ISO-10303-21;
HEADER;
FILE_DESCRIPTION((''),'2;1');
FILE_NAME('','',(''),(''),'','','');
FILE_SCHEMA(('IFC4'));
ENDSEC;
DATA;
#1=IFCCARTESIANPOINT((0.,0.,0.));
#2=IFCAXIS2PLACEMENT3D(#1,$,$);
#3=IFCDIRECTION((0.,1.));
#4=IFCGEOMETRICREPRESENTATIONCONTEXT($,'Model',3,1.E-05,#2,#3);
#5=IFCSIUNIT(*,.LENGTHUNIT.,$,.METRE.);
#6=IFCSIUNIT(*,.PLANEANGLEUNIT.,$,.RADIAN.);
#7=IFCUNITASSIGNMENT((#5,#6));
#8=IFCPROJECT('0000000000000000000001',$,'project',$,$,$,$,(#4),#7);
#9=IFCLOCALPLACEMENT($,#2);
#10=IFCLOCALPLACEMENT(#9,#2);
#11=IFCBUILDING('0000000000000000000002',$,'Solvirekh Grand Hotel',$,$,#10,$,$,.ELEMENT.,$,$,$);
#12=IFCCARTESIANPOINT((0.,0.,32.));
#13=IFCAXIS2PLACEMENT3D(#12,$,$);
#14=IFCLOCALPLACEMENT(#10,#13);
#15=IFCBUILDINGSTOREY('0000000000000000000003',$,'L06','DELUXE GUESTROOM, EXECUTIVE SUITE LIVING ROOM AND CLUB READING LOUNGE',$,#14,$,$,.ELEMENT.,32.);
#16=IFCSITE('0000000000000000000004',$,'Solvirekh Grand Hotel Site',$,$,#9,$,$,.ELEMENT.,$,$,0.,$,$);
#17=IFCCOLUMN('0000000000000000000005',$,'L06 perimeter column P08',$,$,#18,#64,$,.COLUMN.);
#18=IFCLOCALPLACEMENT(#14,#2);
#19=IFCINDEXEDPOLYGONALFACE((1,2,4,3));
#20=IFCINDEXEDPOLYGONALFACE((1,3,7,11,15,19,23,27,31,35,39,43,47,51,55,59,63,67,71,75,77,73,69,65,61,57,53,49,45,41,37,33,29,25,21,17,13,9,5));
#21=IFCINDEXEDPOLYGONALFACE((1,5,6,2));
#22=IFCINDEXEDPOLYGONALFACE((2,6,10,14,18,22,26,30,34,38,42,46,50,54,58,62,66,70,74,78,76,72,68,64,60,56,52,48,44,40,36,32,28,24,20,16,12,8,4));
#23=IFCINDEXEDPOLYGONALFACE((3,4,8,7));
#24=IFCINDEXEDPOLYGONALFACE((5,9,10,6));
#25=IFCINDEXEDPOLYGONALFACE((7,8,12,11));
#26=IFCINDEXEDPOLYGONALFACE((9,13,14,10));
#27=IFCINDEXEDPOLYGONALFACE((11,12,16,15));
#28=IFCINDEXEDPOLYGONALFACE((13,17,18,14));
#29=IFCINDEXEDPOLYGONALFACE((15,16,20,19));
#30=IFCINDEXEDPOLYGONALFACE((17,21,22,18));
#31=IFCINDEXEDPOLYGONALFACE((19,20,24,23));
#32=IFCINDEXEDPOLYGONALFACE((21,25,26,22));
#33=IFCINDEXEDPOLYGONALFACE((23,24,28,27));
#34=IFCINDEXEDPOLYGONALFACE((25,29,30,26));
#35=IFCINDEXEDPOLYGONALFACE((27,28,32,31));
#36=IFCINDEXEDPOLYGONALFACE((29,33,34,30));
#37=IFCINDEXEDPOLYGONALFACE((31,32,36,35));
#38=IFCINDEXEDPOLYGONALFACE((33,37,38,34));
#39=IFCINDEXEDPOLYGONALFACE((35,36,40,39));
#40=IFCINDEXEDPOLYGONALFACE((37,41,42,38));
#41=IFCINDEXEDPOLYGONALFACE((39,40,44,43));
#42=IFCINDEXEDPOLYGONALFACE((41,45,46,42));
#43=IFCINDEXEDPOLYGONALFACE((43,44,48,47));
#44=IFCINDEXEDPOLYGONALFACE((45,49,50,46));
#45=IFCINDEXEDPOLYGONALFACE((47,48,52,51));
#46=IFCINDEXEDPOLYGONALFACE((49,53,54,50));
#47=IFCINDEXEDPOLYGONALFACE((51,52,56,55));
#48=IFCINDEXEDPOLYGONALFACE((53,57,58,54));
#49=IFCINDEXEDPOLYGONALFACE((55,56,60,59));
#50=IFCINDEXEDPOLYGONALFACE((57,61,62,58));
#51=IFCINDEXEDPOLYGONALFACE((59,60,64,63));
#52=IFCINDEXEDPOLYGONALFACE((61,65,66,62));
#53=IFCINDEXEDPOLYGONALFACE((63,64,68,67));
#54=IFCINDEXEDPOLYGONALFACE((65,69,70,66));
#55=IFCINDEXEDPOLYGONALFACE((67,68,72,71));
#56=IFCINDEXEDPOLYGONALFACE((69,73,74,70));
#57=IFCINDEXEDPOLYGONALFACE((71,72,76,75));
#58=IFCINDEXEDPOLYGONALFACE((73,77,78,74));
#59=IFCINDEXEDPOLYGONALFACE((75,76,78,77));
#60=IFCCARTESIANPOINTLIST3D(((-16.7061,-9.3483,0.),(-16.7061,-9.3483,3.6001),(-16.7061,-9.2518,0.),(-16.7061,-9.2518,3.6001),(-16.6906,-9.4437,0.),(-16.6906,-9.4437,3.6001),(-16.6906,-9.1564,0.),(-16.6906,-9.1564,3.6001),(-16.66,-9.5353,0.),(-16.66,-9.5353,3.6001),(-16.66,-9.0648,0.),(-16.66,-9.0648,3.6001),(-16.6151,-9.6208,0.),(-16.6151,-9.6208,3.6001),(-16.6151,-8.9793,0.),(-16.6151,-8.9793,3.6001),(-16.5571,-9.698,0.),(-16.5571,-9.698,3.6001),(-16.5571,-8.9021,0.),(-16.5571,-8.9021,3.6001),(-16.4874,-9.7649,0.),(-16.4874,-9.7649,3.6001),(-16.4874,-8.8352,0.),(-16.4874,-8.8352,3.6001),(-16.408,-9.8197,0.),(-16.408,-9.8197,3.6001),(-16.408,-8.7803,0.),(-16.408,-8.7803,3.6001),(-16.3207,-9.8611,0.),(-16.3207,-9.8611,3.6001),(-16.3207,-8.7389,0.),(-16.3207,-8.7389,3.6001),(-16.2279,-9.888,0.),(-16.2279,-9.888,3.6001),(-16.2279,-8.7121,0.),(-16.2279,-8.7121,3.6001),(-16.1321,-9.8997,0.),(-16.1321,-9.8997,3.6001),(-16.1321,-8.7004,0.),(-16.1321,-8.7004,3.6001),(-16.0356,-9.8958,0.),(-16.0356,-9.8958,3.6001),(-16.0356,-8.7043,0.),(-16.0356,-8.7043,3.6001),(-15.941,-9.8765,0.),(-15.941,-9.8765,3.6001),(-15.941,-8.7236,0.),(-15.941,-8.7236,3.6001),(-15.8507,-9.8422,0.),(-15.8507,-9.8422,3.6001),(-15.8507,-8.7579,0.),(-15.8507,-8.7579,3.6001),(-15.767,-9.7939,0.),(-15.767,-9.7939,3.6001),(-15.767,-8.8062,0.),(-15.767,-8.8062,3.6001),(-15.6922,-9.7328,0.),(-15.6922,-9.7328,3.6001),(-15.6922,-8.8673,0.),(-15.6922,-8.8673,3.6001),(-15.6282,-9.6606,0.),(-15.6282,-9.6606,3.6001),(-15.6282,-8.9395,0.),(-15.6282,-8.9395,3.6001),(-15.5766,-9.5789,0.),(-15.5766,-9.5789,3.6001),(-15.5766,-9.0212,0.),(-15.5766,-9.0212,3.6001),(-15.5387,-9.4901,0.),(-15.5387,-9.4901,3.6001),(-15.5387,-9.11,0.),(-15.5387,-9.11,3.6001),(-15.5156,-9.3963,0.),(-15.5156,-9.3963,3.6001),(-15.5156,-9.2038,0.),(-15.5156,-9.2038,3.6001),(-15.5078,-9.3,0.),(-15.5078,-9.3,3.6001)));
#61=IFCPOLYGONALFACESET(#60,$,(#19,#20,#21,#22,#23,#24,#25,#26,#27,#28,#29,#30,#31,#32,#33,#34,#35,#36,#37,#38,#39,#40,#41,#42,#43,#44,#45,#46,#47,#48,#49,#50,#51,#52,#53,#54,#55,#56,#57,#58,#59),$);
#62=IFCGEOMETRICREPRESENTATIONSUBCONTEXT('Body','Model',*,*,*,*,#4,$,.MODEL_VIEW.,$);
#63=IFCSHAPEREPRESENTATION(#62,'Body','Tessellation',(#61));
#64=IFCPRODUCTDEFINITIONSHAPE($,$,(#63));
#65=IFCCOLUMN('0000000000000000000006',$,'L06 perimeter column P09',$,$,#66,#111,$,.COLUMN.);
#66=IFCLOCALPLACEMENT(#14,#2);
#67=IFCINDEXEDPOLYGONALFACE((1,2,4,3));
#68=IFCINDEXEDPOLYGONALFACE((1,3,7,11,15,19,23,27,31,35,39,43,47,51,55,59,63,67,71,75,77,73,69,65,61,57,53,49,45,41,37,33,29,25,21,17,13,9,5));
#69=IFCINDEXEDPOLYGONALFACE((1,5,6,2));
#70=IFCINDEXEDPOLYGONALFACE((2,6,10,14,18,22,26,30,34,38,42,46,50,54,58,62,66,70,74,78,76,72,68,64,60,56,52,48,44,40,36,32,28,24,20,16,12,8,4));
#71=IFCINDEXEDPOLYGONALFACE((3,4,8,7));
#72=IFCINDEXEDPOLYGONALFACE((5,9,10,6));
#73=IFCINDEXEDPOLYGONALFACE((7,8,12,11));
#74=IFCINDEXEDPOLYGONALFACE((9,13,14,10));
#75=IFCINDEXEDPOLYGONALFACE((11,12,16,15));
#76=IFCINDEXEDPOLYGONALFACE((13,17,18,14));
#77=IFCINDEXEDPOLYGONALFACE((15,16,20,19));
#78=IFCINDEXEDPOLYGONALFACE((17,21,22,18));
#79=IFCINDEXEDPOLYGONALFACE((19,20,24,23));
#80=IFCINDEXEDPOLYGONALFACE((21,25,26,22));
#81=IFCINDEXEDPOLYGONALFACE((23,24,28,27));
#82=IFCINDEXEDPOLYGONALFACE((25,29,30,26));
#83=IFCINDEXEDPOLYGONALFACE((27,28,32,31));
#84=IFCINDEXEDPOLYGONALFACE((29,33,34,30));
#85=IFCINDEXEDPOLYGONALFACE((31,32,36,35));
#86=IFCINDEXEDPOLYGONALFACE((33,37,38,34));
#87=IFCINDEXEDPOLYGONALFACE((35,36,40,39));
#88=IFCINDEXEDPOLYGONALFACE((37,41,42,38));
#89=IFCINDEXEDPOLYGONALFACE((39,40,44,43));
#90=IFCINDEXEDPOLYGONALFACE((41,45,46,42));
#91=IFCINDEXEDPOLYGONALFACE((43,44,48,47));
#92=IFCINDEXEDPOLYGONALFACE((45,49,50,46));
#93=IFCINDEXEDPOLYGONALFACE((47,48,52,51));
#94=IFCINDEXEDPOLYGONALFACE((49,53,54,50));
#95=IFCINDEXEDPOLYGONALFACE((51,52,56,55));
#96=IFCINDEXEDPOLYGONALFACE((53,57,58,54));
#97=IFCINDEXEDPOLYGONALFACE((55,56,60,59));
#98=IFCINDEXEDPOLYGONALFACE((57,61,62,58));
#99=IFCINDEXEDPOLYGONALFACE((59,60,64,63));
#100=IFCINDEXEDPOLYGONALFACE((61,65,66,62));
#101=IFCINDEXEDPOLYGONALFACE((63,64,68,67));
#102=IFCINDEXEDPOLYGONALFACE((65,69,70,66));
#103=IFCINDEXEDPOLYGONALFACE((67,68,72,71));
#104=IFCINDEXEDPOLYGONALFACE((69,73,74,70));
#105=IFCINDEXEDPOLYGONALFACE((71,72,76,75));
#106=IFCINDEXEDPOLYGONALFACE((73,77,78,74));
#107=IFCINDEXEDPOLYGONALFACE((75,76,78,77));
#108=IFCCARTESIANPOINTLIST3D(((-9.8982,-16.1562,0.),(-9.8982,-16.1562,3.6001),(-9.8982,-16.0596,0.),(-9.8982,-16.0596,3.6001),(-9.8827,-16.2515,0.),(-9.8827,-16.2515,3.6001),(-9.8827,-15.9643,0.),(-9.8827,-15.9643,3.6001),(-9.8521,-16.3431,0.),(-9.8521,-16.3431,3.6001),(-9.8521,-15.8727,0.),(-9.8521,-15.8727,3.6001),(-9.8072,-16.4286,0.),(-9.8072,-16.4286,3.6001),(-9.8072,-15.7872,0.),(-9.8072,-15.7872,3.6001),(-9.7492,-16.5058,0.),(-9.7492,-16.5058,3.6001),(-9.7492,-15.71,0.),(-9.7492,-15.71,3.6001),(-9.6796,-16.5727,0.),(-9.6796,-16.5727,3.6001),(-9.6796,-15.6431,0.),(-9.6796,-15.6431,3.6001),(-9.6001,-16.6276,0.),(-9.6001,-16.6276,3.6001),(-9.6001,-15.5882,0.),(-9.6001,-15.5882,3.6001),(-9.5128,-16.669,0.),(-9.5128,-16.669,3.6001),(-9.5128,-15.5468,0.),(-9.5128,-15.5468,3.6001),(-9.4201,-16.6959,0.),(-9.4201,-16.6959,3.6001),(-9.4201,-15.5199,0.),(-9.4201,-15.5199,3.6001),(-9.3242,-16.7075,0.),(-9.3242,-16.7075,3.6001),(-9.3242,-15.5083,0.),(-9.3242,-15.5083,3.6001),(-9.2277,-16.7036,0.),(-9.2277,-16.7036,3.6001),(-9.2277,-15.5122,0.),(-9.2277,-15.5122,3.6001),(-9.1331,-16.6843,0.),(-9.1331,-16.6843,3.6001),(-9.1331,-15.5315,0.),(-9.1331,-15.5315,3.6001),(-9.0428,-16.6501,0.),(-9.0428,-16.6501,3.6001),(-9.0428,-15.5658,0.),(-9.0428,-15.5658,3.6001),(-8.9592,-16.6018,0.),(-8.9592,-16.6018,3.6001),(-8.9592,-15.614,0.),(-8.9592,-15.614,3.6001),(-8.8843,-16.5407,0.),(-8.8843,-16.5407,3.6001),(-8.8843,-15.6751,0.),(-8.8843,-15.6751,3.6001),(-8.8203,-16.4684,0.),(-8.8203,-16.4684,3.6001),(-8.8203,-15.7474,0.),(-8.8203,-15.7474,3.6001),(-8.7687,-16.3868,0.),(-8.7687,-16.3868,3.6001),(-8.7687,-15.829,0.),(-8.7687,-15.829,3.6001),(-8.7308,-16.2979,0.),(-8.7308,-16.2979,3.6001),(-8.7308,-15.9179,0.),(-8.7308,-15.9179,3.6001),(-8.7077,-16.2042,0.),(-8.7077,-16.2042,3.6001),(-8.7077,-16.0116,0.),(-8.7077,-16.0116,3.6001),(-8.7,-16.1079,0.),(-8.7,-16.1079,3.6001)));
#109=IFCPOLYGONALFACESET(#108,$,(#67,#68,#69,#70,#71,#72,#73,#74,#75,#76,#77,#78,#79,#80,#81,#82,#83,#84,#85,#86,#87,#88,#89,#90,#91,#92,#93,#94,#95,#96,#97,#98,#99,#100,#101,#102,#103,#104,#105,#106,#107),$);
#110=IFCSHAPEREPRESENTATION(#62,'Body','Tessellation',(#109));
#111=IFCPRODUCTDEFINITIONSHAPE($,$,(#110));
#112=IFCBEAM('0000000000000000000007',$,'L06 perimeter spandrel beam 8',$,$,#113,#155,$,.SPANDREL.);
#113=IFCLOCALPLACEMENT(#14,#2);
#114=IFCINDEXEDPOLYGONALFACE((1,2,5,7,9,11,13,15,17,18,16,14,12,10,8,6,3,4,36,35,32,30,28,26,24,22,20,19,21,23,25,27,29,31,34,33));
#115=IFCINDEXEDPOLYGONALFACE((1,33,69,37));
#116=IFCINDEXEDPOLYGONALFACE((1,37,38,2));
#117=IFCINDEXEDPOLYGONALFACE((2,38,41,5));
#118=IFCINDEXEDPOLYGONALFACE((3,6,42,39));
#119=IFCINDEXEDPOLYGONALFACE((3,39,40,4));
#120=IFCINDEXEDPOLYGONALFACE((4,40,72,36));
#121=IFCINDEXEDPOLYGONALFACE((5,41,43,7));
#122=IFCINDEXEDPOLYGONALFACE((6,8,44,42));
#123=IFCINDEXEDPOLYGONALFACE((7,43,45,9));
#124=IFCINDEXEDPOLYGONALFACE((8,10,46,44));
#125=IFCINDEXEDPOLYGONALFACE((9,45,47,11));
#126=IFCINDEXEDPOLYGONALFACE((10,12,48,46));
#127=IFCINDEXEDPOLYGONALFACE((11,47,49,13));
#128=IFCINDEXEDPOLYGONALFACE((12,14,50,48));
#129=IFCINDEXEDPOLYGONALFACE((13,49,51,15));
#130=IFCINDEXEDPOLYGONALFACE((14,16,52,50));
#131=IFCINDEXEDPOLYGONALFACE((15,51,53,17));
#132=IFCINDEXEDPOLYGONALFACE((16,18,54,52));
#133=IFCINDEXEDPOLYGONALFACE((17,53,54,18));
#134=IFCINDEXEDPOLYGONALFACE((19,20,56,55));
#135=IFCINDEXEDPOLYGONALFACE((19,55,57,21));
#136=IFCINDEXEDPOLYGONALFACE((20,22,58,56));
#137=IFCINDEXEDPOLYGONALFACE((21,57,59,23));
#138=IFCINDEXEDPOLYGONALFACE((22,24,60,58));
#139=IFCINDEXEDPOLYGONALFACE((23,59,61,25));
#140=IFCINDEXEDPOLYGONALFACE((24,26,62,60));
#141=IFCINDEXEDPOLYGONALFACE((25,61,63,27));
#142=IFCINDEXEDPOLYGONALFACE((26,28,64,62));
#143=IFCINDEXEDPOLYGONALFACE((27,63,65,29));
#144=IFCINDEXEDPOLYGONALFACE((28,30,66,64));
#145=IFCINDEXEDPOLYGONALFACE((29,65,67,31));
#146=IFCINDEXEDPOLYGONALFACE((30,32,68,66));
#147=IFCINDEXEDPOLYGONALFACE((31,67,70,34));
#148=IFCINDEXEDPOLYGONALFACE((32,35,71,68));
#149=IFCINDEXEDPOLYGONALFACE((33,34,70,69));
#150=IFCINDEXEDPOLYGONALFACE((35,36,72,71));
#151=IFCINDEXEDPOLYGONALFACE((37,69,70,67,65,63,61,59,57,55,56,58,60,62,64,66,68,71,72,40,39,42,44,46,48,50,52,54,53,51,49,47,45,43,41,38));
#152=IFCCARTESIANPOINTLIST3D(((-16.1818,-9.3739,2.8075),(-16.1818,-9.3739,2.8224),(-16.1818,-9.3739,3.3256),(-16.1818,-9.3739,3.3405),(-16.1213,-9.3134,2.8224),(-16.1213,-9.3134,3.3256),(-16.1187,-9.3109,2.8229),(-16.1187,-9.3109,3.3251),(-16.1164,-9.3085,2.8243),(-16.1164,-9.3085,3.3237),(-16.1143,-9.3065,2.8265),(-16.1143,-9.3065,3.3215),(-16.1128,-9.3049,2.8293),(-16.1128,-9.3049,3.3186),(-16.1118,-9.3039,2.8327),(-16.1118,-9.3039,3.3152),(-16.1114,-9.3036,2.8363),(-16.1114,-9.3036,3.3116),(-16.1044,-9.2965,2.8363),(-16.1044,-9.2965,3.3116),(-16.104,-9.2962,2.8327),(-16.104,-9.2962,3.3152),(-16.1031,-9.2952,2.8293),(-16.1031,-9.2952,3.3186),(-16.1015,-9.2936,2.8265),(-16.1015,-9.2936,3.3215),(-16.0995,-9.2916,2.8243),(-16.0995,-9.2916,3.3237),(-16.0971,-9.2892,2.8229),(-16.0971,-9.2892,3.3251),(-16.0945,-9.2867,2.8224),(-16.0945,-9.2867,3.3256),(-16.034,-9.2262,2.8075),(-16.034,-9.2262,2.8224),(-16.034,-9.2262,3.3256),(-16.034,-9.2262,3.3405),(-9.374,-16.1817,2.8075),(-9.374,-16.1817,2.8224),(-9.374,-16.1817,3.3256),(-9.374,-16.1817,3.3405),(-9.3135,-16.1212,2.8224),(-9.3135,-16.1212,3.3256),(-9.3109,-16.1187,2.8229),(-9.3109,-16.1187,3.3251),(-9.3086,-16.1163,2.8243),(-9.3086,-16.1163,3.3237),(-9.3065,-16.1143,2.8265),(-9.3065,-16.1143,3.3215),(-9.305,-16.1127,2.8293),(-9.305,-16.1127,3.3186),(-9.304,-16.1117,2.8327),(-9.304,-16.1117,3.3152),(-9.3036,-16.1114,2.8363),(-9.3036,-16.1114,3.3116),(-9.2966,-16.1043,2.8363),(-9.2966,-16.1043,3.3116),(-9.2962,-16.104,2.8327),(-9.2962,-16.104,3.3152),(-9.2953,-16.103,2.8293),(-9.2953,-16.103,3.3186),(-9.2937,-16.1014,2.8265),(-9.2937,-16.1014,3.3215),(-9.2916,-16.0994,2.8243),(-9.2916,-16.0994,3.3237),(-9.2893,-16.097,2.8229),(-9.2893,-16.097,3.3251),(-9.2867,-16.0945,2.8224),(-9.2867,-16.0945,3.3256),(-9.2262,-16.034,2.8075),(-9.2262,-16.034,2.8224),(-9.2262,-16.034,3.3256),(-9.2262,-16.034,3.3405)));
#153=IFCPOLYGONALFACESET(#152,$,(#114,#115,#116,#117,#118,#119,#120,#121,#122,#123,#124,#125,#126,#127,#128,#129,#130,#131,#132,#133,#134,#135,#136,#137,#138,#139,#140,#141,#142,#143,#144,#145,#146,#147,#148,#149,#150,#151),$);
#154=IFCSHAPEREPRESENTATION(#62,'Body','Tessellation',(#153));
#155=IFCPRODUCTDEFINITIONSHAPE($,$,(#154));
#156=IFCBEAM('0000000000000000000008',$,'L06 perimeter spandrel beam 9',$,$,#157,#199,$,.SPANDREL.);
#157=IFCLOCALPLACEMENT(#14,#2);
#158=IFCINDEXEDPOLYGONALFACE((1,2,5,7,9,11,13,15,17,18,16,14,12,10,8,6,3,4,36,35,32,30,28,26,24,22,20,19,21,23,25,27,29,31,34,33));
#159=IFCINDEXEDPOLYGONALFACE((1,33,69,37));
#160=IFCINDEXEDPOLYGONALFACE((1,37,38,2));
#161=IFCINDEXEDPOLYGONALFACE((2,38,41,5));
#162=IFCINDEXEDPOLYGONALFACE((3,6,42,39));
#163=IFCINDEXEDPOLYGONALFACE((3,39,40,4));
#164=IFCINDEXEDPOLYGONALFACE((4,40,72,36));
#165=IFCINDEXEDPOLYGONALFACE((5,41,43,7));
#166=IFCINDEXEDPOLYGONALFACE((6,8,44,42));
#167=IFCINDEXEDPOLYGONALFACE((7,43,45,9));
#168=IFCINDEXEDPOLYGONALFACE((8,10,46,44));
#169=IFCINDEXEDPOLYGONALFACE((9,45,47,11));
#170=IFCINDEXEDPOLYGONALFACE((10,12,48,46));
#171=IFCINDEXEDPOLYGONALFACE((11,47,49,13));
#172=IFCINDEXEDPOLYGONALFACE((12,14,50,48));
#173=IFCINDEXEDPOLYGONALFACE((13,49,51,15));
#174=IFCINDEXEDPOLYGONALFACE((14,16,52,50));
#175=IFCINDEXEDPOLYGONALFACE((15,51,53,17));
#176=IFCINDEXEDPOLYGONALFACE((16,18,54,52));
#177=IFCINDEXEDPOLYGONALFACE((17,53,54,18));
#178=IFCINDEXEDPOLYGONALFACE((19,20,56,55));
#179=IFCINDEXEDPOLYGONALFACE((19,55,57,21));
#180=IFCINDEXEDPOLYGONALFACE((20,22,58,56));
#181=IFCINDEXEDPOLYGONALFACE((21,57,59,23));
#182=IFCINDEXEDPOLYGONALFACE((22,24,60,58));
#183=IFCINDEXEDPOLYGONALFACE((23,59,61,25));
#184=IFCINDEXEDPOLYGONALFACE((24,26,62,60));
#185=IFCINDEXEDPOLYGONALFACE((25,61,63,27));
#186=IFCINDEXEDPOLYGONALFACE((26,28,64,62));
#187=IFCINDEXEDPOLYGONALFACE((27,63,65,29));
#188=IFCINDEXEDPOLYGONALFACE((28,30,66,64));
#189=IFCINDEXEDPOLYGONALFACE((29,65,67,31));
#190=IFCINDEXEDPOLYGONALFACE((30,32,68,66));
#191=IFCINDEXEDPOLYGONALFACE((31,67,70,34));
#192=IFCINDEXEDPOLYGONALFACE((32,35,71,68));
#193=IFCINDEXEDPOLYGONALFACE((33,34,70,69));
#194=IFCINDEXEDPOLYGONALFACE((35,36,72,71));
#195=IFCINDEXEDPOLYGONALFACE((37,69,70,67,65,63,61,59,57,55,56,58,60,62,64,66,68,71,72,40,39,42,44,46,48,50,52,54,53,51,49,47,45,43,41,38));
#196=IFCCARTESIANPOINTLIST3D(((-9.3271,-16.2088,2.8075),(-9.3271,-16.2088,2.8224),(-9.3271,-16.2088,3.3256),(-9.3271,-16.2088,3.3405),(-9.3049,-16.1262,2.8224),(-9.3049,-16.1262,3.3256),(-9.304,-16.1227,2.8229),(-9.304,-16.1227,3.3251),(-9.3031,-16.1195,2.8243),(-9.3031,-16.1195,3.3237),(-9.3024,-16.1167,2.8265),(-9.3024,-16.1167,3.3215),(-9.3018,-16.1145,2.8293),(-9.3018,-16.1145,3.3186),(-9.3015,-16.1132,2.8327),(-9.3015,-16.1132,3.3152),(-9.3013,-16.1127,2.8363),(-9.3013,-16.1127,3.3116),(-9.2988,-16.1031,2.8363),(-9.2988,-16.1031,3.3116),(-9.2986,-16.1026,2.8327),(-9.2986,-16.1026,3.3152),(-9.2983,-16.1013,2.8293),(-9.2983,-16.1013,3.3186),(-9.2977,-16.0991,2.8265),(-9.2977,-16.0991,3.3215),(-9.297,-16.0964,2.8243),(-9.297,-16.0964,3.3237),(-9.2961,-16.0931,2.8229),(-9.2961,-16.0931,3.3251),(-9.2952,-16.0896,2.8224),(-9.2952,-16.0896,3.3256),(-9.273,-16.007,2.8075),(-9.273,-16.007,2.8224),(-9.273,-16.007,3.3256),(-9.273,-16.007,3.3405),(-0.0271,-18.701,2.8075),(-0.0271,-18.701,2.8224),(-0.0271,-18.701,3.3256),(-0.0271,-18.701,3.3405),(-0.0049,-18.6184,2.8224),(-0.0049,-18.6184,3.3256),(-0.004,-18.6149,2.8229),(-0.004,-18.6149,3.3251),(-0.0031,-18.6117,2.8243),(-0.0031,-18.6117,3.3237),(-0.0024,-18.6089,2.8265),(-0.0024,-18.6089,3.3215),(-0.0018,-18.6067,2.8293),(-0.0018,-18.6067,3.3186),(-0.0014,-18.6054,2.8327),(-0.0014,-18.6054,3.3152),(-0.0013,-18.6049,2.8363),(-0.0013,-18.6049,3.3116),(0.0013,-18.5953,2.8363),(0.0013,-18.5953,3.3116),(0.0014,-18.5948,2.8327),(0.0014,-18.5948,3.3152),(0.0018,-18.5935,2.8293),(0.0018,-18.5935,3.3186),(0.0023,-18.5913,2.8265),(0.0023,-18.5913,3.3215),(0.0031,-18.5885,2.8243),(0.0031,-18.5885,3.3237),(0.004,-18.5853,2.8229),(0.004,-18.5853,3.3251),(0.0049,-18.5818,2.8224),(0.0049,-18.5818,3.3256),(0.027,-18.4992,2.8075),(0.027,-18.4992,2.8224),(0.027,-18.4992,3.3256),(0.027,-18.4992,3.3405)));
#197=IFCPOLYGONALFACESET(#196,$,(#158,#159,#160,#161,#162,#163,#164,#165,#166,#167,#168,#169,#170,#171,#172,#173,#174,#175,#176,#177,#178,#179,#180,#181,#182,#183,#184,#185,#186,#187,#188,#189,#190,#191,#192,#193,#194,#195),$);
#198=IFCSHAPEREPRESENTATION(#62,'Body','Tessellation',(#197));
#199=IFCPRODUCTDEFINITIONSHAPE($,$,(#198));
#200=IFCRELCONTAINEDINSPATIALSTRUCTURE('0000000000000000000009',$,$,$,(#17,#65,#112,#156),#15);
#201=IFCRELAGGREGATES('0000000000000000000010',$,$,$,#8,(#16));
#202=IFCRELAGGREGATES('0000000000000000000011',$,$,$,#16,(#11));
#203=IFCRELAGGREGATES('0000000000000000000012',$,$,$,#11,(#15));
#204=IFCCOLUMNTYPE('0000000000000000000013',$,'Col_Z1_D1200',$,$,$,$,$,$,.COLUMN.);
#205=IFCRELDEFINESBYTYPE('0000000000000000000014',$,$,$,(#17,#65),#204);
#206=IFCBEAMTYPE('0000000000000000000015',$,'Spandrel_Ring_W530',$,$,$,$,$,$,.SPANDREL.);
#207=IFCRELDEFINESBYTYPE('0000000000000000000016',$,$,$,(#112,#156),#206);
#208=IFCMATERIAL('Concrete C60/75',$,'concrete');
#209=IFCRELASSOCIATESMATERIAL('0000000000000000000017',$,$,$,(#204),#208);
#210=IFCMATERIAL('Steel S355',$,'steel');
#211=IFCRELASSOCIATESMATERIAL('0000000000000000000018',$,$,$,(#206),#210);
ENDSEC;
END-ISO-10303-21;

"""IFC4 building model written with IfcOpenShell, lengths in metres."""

from ifc_helpers import new_model, si_unit, direction, frame, origin, origin_2d, place, context, subcontext, project, spatial, circle, i_section, extrude, material, material_profile, profile_set, type_object, element, save


model = new_model("IFC4")

# Units and contexts
model_context = context("Model", 3, precision=1e-05, world=origin(), true_north=direction((0.0, 1.0)))
body_context = subcontext(model_context, "Body", "Model", "MODEL_VIEW")
ifc_project = project(units=[si_unit("LENGTHUNIT", "METRE"), si_unit("PLANEANGLEUNIT", "RADIAN")], contexts=[model_context])

# Site, building, storey
site_placement = place(None, origin())
site = spatial("IfcSite", under=ifc_project, at=site_placement, Name="Solvirekh Grand Hotel Site", CompositionType="ELEMENT", RefElevation=0.0)
building_placement = place(site_placement, origin())
building = spatial("IfcBuilding", under=site, at=building_placement, Name="Solvirekh Grand Hotel", CompositionType="ELEMENT")
storey_placement = place(building_placement, frame((0.0, 0.0, 32.0)))
storey = spatial("IfcBuildingStorey", under=building, at=storey_placement, Name="L06", Description="DELUXE GUESTROOM, EXECUTIVE SUITE LIVING ROOM AND CLUB READING LOUNGE", CompositionType="ELEMENT", Elevation=32.0)

# Columns
ifc_material_1 = material(Name="Concrete C60/75", Category="concrete")
ifc_material_profile_1 = material_profile(ifc_material_1, circle(Radius=0.6001, at=origin_2d()), Name="RC CIRC D1200")
ifc_profile_set_1 = profile_set([ifc_material_profile_1], Name="Concrete C60/75")
column_type = type_object("IfcColumnType", Name="Col_Z1_D1200", PredefinedType="COLUMN", material=ifc_profile_set_1)
for number, where, z_axis, x_axis, name in (
    (1, (-16.1079, -9.3, 0.0), (0.0, 0.0, 1.0), (1.0, 0.0, 0.0), "L06 perimeter column P08"),
    (2, (-9.3, -16.1079, 0.0), (0.0, 0.0, 1.0), (1.0, 0.0, 0.0), "L06 perimeter column P09"),
):
    element("IfcColumn", number, at=place(storey_placement, frame(where, z_axis=z_axis, x_axis=x_axis)), inside=storey, type_object=column_type, Name=name, PredefinedType="COLUMN", context=body_context, shape_type="SweptSolid", body=[
        extrude(circle(Radius=0.6001, at=origin_2d()), origin(), (0.0, 0.0, 1.0), 3.6001),
    ])

# Beams
ifc_material_2 = material(Name="Steel S355", Category="steel")
ifc_material_profile_2 = material_profile(ifc_material_2, i_section(OverallWidth=0.209, OverallDepth=0.533, WebThickness=0.01, FlangeThickness=0.0149, FilletRadius=0.0139, at=origin_2d()), Name="W530X92")
ifc_profile_set_2 = profile_set([ifc_material_profile_2], Name="Steel S355")
beam_type = type_object("IfcBeamType", Name="Spandrel_Ring_W530", PredefinedType="SPANDREL", material=ifc_profile_set_2)
beam_1_placement = place(storey_placement, frame((-16.1079, -9.3, 3.074), z_axis=(0.707107, -0.707107, 0.0), x_axis=(0.707107, 0.707107, 0.0)))
element("IfcBeam", 3, at=beam_1_placement, inside=storey, type_object=beam_type, Name="L06 perimeter spandrel beam 8", PredefinedType="SPANDREL", context=body_context, shape_type="SweptSolid", body=[
    extrude(i_section(OverallWidth=0.209, OverallDepth=0.533, WebThickness=0.01, FlangeThickness=0.0149, FilletRadius=0.0139, at=origin_2d()), origin(), (0.0, 0.0, 1.0), 9.6277),
])
beam_2_placement = place(storey_placement, frame((-9.3, -16.1079, 3.074), z_axis=(0.965919, -0.258843, 0.0), x_axis=(0.258843, 0.965919, 0.0)))
element("IfcBeam", 4, at=beam_2_placement, inside=storey, type_object=beam_type, Name="L06 perimeter spandrel beam 9", PredefinedType="SPANDREL", context=body_context, shape_type="SweptSolid", body=[
    extrude(i_section(OverallWidth=0.209, OverallDepth=0.533, WebThickness=0.01, FlangeThickness=0.0149, FilletRadius=0.0139, at=origin_2d()), origin(), (0.0, 0.0, 1.0), 9.6282),
])

save(model, "model.ifc")
